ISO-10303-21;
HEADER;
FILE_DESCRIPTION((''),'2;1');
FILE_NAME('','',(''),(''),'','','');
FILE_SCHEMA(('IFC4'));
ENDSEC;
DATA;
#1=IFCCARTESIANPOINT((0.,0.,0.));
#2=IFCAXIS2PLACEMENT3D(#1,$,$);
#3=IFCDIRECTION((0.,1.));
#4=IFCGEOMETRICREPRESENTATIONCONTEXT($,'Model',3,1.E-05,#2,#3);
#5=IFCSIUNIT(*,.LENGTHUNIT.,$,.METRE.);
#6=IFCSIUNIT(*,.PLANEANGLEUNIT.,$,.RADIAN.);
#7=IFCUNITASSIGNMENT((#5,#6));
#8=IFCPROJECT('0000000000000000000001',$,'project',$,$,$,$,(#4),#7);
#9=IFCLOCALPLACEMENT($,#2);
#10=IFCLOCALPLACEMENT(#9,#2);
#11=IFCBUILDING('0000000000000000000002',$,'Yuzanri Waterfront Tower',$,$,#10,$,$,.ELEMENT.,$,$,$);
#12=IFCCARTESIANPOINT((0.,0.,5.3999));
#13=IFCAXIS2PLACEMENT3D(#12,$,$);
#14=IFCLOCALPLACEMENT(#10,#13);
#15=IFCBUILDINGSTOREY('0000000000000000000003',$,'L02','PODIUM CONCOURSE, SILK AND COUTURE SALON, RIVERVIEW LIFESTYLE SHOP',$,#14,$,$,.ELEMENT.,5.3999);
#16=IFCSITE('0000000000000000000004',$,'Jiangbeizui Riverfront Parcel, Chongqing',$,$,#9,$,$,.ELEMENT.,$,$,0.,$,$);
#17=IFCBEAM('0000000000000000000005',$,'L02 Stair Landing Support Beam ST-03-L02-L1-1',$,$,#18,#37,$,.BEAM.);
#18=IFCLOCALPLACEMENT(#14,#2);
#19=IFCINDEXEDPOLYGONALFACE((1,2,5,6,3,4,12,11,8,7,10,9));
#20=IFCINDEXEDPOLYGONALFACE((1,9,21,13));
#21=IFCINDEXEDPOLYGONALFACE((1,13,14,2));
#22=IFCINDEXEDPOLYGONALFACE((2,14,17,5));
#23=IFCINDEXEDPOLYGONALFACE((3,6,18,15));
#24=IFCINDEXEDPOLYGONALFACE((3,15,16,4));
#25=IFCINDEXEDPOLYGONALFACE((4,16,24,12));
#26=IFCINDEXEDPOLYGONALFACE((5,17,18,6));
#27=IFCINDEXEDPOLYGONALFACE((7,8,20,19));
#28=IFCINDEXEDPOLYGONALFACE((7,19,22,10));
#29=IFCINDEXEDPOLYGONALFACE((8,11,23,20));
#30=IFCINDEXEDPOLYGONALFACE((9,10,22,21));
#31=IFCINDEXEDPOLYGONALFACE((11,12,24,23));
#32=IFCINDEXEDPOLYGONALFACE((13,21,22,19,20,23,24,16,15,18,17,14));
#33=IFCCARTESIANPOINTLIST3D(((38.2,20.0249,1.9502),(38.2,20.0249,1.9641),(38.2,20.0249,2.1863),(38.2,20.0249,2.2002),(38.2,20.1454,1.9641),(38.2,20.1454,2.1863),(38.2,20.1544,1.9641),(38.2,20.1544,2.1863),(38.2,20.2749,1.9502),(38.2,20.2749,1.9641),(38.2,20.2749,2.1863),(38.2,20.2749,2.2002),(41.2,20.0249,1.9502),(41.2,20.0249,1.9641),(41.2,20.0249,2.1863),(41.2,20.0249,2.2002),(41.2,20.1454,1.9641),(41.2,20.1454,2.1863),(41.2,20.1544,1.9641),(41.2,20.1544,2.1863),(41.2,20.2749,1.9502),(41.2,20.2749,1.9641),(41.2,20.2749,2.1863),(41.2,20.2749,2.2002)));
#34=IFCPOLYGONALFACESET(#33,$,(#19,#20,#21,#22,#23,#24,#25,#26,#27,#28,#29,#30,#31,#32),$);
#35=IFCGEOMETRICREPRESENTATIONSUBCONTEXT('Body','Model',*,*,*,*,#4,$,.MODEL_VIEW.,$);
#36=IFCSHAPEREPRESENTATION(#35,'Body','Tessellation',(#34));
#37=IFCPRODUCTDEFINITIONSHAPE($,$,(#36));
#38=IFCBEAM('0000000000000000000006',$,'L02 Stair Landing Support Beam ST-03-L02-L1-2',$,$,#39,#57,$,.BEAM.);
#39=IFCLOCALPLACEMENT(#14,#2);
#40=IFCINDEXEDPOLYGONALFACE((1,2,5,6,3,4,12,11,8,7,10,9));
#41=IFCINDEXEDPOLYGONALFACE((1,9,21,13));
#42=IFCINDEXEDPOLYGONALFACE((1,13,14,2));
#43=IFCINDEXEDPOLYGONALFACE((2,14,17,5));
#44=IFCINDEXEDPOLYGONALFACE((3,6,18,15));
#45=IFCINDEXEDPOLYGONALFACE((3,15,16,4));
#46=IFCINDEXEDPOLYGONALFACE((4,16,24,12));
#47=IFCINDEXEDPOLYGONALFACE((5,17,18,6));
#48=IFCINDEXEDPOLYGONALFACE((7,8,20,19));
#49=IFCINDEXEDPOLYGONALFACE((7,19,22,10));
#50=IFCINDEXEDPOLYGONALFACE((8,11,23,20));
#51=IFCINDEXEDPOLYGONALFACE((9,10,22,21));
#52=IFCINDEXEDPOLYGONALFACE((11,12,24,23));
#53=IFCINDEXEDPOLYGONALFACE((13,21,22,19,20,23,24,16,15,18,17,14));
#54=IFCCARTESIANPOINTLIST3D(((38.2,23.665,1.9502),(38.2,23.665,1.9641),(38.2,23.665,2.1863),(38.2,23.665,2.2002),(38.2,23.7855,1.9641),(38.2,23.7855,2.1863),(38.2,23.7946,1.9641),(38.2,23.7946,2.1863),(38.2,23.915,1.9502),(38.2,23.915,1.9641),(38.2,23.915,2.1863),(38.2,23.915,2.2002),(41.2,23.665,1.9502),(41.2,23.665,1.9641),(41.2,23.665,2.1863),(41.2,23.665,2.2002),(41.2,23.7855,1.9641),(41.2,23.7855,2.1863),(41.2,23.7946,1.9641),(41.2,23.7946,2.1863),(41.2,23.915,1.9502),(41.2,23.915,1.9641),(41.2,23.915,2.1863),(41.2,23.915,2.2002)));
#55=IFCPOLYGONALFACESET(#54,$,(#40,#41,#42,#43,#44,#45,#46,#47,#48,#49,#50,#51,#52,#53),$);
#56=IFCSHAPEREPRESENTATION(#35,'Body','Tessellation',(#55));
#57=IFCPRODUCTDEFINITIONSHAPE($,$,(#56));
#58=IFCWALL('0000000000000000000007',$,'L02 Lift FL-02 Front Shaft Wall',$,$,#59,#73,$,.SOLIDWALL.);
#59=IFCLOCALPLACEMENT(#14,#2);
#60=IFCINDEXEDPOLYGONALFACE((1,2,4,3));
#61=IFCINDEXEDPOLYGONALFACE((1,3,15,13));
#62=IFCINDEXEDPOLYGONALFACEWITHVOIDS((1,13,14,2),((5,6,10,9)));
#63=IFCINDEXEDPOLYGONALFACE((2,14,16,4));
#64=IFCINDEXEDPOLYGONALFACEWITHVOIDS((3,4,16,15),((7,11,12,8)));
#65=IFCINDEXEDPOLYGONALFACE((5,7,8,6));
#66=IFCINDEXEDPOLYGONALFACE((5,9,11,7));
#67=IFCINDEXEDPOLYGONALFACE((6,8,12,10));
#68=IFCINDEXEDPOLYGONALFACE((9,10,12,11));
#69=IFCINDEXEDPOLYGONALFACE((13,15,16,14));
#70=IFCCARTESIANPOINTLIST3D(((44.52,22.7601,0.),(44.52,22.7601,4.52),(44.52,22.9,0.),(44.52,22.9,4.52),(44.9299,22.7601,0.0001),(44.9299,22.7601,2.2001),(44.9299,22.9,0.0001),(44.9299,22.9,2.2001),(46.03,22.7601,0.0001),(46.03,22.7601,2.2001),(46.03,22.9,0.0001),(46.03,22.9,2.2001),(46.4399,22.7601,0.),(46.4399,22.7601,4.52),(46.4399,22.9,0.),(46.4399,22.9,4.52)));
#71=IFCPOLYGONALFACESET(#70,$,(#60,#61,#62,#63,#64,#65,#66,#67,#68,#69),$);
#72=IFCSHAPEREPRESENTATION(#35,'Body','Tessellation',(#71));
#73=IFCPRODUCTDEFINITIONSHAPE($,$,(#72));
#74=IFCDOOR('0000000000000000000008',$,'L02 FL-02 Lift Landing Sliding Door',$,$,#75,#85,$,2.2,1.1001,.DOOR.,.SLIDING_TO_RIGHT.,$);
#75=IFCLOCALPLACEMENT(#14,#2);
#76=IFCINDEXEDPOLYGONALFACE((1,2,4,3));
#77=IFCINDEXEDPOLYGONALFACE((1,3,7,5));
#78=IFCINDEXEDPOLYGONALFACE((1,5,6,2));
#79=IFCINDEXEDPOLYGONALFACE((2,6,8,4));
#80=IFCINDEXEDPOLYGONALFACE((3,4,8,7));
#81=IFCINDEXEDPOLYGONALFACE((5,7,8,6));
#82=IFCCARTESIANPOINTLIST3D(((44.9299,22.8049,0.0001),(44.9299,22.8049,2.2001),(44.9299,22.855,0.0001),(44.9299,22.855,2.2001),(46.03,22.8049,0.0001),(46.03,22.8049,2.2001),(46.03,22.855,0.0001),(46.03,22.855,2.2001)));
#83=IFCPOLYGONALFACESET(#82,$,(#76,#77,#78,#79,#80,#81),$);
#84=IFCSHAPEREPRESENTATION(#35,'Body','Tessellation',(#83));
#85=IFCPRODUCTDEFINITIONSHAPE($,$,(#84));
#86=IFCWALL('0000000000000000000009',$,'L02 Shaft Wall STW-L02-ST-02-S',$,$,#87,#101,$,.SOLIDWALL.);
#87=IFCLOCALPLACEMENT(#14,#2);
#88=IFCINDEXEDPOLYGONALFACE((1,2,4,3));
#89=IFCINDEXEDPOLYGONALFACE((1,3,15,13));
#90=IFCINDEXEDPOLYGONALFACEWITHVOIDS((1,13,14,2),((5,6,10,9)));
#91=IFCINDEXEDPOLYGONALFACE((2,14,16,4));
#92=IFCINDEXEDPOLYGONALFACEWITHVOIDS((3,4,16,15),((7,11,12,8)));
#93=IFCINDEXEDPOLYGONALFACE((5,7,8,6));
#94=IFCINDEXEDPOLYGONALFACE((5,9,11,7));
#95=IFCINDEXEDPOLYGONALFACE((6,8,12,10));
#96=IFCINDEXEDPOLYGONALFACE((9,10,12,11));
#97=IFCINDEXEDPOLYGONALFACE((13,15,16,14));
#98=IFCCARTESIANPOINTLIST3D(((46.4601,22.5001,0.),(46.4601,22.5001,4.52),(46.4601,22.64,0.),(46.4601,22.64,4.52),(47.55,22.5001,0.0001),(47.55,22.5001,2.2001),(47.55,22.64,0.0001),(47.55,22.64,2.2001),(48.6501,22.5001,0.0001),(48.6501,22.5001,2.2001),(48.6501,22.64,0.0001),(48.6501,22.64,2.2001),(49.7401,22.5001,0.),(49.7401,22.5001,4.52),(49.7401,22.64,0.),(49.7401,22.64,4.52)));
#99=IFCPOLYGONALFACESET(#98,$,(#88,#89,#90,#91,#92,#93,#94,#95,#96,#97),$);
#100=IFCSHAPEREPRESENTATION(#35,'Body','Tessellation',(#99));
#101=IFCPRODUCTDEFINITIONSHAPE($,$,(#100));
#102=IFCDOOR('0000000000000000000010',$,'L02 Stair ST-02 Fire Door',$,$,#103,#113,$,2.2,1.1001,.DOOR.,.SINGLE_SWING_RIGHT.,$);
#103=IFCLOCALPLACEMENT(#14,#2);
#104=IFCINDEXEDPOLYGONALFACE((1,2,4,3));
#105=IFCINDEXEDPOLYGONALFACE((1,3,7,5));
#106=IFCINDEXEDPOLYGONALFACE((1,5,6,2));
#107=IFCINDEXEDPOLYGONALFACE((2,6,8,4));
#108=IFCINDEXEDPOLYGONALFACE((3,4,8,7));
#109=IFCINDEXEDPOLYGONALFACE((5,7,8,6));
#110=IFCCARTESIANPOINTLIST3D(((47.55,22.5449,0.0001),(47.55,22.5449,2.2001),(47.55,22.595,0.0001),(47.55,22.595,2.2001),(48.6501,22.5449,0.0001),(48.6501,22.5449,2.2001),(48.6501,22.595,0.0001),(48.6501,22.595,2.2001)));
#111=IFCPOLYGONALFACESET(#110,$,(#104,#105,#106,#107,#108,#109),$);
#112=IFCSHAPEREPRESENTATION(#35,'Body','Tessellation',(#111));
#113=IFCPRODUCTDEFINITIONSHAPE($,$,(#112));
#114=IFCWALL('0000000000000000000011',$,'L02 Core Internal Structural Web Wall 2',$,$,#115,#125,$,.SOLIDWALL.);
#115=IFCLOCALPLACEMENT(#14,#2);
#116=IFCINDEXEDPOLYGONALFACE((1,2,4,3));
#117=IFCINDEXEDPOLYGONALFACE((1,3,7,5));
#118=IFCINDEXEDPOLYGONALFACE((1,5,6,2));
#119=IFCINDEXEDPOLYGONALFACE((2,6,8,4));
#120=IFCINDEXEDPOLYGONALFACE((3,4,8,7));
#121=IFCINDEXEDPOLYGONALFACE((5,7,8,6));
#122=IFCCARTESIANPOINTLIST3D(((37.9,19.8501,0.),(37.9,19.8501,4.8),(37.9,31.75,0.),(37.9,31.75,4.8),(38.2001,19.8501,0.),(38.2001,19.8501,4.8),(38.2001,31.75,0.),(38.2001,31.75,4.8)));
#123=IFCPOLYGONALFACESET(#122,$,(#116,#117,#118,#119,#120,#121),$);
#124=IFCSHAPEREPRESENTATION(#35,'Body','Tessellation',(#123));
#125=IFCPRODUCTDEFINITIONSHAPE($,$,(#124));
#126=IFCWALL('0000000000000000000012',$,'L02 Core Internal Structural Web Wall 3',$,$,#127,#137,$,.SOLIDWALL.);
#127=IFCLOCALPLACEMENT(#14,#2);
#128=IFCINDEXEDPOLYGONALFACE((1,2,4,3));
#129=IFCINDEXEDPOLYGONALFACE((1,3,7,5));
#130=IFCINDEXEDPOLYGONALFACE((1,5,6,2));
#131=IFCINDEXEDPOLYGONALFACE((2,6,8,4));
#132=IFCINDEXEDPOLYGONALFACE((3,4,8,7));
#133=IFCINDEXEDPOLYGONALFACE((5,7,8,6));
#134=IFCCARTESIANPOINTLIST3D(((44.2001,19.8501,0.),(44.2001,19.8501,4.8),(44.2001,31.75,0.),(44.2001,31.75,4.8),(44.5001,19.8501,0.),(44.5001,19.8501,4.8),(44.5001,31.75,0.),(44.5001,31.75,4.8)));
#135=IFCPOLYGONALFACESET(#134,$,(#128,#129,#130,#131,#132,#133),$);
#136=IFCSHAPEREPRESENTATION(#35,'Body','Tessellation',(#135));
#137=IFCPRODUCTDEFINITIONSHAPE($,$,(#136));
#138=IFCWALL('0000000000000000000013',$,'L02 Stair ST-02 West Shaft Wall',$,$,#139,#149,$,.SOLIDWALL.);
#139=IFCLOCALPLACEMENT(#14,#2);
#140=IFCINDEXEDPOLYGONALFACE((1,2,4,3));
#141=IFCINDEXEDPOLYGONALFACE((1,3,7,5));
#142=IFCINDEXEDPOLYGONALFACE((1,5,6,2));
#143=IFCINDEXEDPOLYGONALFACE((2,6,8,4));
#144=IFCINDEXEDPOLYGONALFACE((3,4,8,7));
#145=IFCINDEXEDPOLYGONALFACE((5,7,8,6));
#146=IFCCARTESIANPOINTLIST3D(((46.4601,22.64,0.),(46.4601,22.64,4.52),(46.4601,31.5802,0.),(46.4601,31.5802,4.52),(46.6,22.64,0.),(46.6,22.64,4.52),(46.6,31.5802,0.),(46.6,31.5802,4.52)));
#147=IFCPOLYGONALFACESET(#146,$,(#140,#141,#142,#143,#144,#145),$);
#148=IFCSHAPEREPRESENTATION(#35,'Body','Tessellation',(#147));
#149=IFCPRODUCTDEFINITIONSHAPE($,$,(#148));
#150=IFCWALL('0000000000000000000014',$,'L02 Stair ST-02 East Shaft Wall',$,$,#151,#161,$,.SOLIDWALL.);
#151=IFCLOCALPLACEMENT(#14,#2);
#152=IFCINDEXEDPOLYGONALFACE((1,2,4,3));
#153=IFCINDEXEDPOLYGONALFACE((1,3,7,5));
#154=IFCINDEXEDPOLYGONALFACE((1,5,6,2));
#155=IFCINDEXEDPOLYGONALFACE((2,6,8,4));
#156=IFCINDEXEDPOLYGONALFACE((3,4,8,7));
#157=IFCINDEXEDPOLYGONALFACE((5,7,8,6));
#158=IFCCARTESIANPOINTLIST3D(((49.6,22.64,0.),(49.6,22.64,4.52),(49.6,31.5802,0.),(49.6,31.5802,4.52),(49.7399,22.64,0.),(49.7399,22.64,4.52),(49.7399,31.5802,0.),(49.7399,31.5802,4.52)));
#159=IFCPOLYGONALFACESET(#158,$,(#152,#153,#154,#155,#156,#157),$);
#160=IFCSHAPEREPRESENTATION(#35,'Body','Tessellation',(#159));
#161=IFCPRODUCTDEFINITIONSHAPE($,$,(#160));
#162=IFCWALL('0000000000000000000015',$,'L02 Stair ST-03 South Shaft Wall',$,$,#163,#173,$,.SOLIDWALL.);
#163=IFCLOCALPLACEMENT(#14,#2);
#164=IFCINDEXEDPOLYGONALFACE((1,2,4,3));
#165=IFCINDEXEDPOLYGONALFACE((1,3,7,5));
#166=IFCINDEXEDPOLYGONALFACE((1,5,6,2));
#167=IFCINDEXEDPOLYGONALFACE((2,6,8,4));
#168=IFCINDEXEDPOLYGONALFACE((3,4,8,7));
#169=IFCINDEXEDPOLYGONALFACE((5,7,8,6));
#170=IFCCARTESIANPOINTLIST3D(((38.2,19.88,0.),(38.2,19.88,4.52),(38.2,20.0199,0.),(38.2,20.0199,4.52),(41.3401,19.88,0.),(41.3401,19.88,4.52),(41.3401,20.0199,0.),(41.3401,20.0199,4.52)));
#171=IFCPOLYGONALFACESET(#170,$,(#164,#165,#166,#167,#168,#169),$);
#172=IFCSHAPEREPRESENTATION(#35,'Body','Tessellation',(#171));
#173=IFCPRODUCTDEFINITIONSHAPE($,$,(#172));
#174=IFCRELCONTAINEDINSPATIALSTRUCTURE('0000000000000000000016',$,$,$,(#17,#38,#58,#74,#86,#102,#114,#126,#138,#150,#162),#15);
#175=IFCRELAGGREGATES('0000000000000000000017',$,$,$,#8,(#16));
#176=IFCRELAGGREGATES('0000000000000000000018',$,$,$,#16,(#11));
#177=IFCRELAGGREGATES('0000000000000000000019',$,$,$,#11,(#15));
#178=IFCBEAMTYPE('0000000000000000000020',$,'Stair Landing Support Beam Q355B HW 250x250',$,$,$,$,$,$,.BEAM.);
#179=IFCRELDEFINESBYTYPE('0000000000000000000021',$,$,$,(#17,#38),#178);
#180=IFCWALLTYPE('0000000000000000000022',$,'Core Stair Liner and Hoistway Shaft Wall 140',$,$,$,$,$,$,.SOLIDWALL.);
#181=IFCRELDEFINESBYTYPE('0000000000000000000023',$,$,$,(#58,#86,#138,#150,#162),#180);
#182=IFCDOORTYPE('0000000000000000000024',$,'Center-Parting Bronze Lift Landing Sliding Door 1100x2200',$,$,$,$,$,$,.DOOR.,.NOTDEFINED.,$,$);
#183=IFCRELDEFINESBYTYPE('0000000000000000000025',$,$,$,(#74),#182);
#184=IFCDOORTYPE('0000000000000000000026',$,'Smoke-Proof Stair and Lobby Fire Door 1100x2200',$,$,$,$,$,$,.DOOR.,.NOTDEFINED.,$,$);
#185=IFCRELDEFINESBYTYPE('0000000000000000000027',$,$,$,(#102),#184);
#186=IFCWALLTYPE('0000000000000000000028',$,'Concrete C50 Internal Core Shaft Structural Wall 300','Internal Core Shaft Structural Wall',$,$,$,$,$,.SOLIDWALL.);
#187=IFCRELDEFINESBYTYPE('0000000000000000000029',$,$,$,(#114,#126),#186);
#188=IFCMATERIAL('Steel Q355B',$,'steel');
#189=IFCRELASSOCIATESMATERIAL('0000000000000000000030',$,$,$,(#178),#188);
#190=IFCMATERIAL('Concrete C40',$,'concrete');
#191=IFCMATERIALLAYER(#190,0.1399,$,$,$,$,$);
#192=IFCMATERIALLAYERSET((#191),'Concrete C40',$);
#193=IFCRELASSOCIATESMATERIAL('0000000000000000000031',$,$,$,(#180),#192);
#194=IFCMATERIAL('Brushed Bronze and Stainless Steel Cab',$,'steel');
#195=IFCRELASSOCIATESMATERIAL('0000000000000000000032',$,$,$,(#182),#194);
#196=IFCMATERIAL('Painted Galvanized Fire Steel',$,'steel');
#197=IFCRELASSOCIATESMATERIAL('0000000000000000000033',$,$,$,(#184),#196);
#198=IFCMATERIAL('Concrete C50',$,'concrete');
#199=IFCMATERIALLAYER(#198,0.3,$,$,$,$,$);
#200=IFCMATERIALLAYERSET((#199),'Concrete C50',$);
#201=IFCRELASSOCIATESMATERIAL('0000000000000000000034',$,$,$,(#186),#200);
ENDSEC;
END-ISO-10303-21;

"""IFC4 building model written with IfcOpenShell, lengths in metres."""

from ifc_helpers import new_model, si_unit, direction, frame, frame_2d, origin, origin_2d, place, context, subcontext, project, spatial, rectangle, i_section, extrude, source, transform, mapped, material, layer, layer_set, material_profile, profile_set, type_object, element, fill, save


model = new_model("IFC4")

# Units and contexts
model_context = context("Model", 3, precision=1e-05, world=origin(), true_north=direction((0.0, 1.0)))
body_context = subcontext(model_context, "Body", "Model", "MODEL_VIEW")
ifc_project = project(units=[si_unit("LENGTHUNIT", "METRE"), si_unit("PLANEANGLEUNIT", "RADIAN")], contexts=[model_context])

# Site, building, storey
site_placement = place(None, origin())
site = spatial("IfcSite", under=ifc_project, at=site_placement, Name="Jiangbeizui Riverfront Parcel, Chongqing", CompositionType="ELEMENT", RefElevation=0.0)
building_placement = place(site_placement, origin())
building = spatial("IfcBuilding", under=site, at=building_placement, Name="Yuzanri Waterfront Tower", CompositionType="ELEMENT")
storey_placement = place(building_placement, frame((0.0, 0.0, 5.3999)))
storey = spatial("IfcBuildingStorey", under=building, at=storey_placement, Name="L02", Description="PODIUM CONCOURSE, SILK AND COUTURE SALON, RIVERVIEW LIFESTYLE SHOP", CompositionType="ELEMENT", Elevation=5.3999)

# Beams
ifc_material_1 = material(Name="Steel Q355B", Category="steel")
ifc_material_profile = material_profile(ifc_material_1, i_section(OverallWidth=0.25, OverallDepth=0.25, WebThickness=0.009, FlangeThickness=0.0139, at=origin_2d()), Name="HW 250x250x9x14")
ifc_profile_set = profile_set([ifc_material_profile], Name="Steel Q355B")
beam_type = type_object("IfcBeamType", Name="Stair Landing Support Beam Q355B HW 250x250", PredefinedType="BEAM", material=ifc_profile_set)
shared_shape_1 = source(origin(), body_context, "Body", "SweptSolid", [
    extrude(i_section(OverallWidth=0.25, OverallDepth=0.25, WebThickness=0.009, FlangeThickness=0.0139, at=origin_2d()), origin(), (0.0, 0.0, 1.0), 3.0),
])
for number, where, z_axis, x_axis, name in (
    (1, (38.2, 20.1499, 2.0752), (1.0, 0.0, 0.0), (0.0, 1.0, 0.0), "L02 Stair Landing Support Beam ST-03-L02-L1-1"),
    (2, (38.2, 23.79, 2.0752), (1.0, 0.0, 0.0), (0.0, 1.0, 0.0), "L02 Stair Landing Support Beam ST-03-L02-L1-2"),
):
    element("IfcBeam", number, at=place(storey_placement, frame(where, z_axis=z_axis, x_axis=x_axis)), inside=storey, type_object=beam_type, Name=name, PredefinedType="BEAM", context=body_context, shape_type="MappedRepresentation", body=[
        mapped(shared_shape_1, transform((0.0, 0.0, 0.0), scale=1.0)),
    ])

# Walls, openings, doors
ifc_material_2 = material(Name="Concrete C40", Category="concrete")
ifc_layer_1 = layer(ifc_material_2, 0.1399)
ifc_layer_set_1 = layer_set([ifc_layer_1], Name="Concrete C40")
wall_type_1 = type_object("IfcWallType", Name="Core Stair Liner and Hoistway Shaft Wall 140", PredefinedType="SOLIDWALL", material=ifc_layer_set_1)
wall_1_placement = place(storey_placement, frame((44.52, 22.8301, 0.0), z_axis=(0.0, 0.0, 1.0), x_axis=(1.0, 0.0, 0.0)))
wall_1 = element("IfcWall", 3, at=wall_1_placement, inside=storey, type_object=wall_type_1, Name="L02 Lift FL-02 Front Shaft Wall", PredefinedType="SOLIDWALL", context=body_context, shape_type="SweptSolid", body=[
    extrude(rectangle(XDim=1.9199, YDim=0.1399, at=frame_2d((0.96, 0.0))), origin(), (0.0, 0.0, 1.0), 4.52),
])
opening_1_placement = place(wall_1_placement, frame((0.4099, 0.0, 0.0)))
opening_1 = element("IfcOpeningElement", 4, at=opening_1_placement, cuts=wall_1, PredefinedType="OPENING", context=body_context, shape_type="SweptSolid", body=[
    extrude(rectangle(XDim=1.1001, YDim=2.2, at=frame_2d((0.55, 1.1001))), frame((0.0, 0.085, 0.0), z_axis=(0.0, -1.0, 0.0), x_axis=(1.0, 0.0, 0.0)), (0.0, 0.0, 1.0), 0.1697),
])
ifc_material_3 = material(Name="Brushed Bronze and Stainless Steel Cab", Category="steel")
door_type_1 = type_object("IfcDoorType", Name="Center-Parting Bronze Lift Landing Sliding Door 1100x2200", OperationType="NOTDEFINED", PredefinedType="DOOR", material=ifc_material_3)
shared_shape_2 = source(origin(), body_context, "Body", "SweptSolid", [
    extrude(rectangle(XDim=1.1001, YDim=2.2, at=frame_2d((0.55, 1.1001))), frame((0.0, 0.0249, 0.0), z_axis=(0.0, -1.0, 0.0), x_axis=(1.0, 0.0, 0.0)), (0.0, 0.0, 1.0), 0.05),
])
door_1_placement = place(opening_1_placement, origin())
door_1 = element("IfcDoor", 5, at=door_1_placement, inside=storey, type_object=door_type_1, Name="L02 FL-02 Lift Landing Sliding Door", OperationType="SLIDING_TO_RIGHT", OverallHeight=2.2, OverallWidth=1.1001, PredefinedType="DOOR", context=body_context, shape_type="MappedRepresentation", body=[
    mapped(shared_shape_2, transform((0.0, 0.0, 0.0), scale=1.0)),
])
fill(opening_1, door_1)
wall_2_placement = place(storey_placement, frame((46.46, 22.5701, 0.0), z_axis=(0.0, 0.0, 1.0), x_axis=(1.0, 0.0, 0.0)))
wall_2 = element("IfcWall", 6, at=wall_2_placement, inside=storey, type_object=wall_type_1, Name="L02 Shaft Wall STW-L02-ST-02-S", PredefinedType="SOLIDWALL", context=body_context, shape_type="SweptSolid", body=[
    extrude(rectangle(XDim=3.28, YDim=0.1399, at=frame_2d((1.6401, 0.0))), origin(), (0.0, 0.0, 1.0), 4.52),
])
opening_2_placement = place(wall_2_placement, frame((1.0901, 0.0, 0.0)))
opening_2 = element("IfcOpeningElement", 7, at=opening_2_placement, cuts=wall_2, PredefinedType="OPENING", context=body_context, shape_type="SweptSolid", body=[
    extrude(rectangle(XDim=1.1001, YDim=2.2, at=frame_2d((0.55, 1.1001))), frame((0.0, 0.085, 0.0), z_axis=(0.0, -1.0, 0.0), x_axis=(1.0, 0.0, 0.0)), (0.0, 0.0, 1.0), 0.1697),
])
ifc_material_4 = material(Name="Painted Galvanized Fire Steel", Category="steel")
door_type_2 = type_object("IfcDoorType", Name="Smoke-Proof Stair and Lobby Fire Door 1100x2200", OperationType="NOTDEFINED", PredefinedType="DOOR", material=ifc_material_4)
shared_shape_3 = source(origin(), body_context, "Body", "SweptSolid", [
    extrude(rectangle(XDim=1.1001, YDim=2.2, at=frame_2d((0.55, 1.1001))), frame((0.0, 0.0249, 0.0), z_axis=(0.0, -1.0, 0.0), x_axis=(1.0, 0.0, 0.0)), (0.0, 0.0, 1.0), 0.05),
])
door_2_placement = place(opening_2_placement, origin())
door_2 = element("IfcDoor", 8, at=door_2_placement, inside=storey, type_object=door_type_2, Name="L02 Stair ST-02 Fire Door", OperationType="SINGLE_SWING_RIGHT", OverallHeight=2.2, OverallWidth=1.1001, PredefinedType="DOOR", context=body_context, shape_type="MappedRepresentation", body=[
    mapped(shared_shape_3, transform((0.0, 0.0, 0.0), scale=1.0)),
])
fill(opening_2, door_2)

# Walls
ifc_material_5 = material(Name="Concrete C50", Category="concrete")
ifc_layer_2 = layer(ifc_material_5, 0.3)
ifc_layer_set_2 = layer_set([ifc_layer_2], Name="Concrete C50")
wall_type_2 = type_object("IfcWallType", Name="Concrete C50 Internal Core Shaft Structural Wall 300", Description="Internal Core Shaft Structural Wall", PredefinedType="SOLIDWALL", material=ifc_layer_set_2)
shared_shape_4 = source(origin(), body_context, "Body", "SweptSolid", [
    extrude(rectangle(XDim=11.8999, YDim=0.3, at=frame_2d((5.95, 0.0))), origin(), (0.0, 0.0, 1.0), 4.8),
])
for number, where, z_axis, x_axis, name in (
    (9, (38.05, 19.8501, 0.0), (0.0, 0.0, 1.0), (0.0, 1.0, 0.0), "L02 Core Internal Structural Web Wall 2"),
    (10, (44.3501, 19.8501, 0.0), (0.0, 0.0, 1.0), (0.0, 1.0, 0.0), "L02 Core Internal Structural Web Wall 3"),
):
    element("IfcWall", number, at=place(storey_placement, frame(where, z_axis=z_axis, x_axis=x_axis)), inside=storey, type_object=wall_type_2, Name=name, PredefinedType="SOLIDWALL", context=body_context, shape_type="MappedRepresentation", body=[
        mapped(shared_shape_4, transform((0.0, 0.0, 0.0), scale=1.0)),
    ])
shared_shape_5 = source(origin(), body_context, "Body", "SweptSolid", [
    extrude(rectangle(XDim=8.9402, YDim=0.1399, at=frame_2d((4.4702, 0.0))), origin(), (0.0, 0.0, 1.0), 4.52),
])
for number, where, z_axis, x_axis, name in (
    (11, (46.53, 22.6399, 0.0), (0.0, 0.0, 1.0), (0.0, 1.0, 0.0), "L02 Stair ST-02 West Shaft Wall"),
    (12, (49.6699, 22.6399, 0.0), (0.0, 0.0, 1.0), (0.0, 1.0, 0.0), "L02 Stair ST-02 East Shaft Wall"),
):
    element("IfcWall", number, at=place(storey_placement, frame(where, z_axis=z_axis, x_axis=x_axis)), inside=storey, type_object=wall_type_1, Name=name, PredefinedType="SOLIDWALL", context=body_context, shape_type="MappedRepresentation", body=[
        mapped(shared_shape_5, transform((0.0, 0.0, 0.0), scale=1.0)),
    ])
shared_shape_6 = source(origin(), body_context, "Body", "SweptSolid", [
    extrude(rectangle(XDim=3.1401, YDim=0.1399, at=frame_2d((1.5701, 0.0))), origin(), (0.0, 0.0, 1.0), 4.52),
])
wall_3_placement = place(storey_placement, frame((38.2, 19.95, 0.0), z_axis=(0.0, 0.0, 1.0), x_axis=(1.0, 0.0, 0.0)))
element("IfcWall", 13, at=wall_3_placement, inside=storey, type_object=wall_type_1, Name="L02 Stair ST-03 South Shaft Wall", PredefinedType="SOLIDWALL", context=body_context, shape_type="MappedRepresentation", body=[
    mapped(shared_shape_6, transform((0.0, 0.0, 0.0), scale=1.0)),
])

save(model, "model.ifc")
